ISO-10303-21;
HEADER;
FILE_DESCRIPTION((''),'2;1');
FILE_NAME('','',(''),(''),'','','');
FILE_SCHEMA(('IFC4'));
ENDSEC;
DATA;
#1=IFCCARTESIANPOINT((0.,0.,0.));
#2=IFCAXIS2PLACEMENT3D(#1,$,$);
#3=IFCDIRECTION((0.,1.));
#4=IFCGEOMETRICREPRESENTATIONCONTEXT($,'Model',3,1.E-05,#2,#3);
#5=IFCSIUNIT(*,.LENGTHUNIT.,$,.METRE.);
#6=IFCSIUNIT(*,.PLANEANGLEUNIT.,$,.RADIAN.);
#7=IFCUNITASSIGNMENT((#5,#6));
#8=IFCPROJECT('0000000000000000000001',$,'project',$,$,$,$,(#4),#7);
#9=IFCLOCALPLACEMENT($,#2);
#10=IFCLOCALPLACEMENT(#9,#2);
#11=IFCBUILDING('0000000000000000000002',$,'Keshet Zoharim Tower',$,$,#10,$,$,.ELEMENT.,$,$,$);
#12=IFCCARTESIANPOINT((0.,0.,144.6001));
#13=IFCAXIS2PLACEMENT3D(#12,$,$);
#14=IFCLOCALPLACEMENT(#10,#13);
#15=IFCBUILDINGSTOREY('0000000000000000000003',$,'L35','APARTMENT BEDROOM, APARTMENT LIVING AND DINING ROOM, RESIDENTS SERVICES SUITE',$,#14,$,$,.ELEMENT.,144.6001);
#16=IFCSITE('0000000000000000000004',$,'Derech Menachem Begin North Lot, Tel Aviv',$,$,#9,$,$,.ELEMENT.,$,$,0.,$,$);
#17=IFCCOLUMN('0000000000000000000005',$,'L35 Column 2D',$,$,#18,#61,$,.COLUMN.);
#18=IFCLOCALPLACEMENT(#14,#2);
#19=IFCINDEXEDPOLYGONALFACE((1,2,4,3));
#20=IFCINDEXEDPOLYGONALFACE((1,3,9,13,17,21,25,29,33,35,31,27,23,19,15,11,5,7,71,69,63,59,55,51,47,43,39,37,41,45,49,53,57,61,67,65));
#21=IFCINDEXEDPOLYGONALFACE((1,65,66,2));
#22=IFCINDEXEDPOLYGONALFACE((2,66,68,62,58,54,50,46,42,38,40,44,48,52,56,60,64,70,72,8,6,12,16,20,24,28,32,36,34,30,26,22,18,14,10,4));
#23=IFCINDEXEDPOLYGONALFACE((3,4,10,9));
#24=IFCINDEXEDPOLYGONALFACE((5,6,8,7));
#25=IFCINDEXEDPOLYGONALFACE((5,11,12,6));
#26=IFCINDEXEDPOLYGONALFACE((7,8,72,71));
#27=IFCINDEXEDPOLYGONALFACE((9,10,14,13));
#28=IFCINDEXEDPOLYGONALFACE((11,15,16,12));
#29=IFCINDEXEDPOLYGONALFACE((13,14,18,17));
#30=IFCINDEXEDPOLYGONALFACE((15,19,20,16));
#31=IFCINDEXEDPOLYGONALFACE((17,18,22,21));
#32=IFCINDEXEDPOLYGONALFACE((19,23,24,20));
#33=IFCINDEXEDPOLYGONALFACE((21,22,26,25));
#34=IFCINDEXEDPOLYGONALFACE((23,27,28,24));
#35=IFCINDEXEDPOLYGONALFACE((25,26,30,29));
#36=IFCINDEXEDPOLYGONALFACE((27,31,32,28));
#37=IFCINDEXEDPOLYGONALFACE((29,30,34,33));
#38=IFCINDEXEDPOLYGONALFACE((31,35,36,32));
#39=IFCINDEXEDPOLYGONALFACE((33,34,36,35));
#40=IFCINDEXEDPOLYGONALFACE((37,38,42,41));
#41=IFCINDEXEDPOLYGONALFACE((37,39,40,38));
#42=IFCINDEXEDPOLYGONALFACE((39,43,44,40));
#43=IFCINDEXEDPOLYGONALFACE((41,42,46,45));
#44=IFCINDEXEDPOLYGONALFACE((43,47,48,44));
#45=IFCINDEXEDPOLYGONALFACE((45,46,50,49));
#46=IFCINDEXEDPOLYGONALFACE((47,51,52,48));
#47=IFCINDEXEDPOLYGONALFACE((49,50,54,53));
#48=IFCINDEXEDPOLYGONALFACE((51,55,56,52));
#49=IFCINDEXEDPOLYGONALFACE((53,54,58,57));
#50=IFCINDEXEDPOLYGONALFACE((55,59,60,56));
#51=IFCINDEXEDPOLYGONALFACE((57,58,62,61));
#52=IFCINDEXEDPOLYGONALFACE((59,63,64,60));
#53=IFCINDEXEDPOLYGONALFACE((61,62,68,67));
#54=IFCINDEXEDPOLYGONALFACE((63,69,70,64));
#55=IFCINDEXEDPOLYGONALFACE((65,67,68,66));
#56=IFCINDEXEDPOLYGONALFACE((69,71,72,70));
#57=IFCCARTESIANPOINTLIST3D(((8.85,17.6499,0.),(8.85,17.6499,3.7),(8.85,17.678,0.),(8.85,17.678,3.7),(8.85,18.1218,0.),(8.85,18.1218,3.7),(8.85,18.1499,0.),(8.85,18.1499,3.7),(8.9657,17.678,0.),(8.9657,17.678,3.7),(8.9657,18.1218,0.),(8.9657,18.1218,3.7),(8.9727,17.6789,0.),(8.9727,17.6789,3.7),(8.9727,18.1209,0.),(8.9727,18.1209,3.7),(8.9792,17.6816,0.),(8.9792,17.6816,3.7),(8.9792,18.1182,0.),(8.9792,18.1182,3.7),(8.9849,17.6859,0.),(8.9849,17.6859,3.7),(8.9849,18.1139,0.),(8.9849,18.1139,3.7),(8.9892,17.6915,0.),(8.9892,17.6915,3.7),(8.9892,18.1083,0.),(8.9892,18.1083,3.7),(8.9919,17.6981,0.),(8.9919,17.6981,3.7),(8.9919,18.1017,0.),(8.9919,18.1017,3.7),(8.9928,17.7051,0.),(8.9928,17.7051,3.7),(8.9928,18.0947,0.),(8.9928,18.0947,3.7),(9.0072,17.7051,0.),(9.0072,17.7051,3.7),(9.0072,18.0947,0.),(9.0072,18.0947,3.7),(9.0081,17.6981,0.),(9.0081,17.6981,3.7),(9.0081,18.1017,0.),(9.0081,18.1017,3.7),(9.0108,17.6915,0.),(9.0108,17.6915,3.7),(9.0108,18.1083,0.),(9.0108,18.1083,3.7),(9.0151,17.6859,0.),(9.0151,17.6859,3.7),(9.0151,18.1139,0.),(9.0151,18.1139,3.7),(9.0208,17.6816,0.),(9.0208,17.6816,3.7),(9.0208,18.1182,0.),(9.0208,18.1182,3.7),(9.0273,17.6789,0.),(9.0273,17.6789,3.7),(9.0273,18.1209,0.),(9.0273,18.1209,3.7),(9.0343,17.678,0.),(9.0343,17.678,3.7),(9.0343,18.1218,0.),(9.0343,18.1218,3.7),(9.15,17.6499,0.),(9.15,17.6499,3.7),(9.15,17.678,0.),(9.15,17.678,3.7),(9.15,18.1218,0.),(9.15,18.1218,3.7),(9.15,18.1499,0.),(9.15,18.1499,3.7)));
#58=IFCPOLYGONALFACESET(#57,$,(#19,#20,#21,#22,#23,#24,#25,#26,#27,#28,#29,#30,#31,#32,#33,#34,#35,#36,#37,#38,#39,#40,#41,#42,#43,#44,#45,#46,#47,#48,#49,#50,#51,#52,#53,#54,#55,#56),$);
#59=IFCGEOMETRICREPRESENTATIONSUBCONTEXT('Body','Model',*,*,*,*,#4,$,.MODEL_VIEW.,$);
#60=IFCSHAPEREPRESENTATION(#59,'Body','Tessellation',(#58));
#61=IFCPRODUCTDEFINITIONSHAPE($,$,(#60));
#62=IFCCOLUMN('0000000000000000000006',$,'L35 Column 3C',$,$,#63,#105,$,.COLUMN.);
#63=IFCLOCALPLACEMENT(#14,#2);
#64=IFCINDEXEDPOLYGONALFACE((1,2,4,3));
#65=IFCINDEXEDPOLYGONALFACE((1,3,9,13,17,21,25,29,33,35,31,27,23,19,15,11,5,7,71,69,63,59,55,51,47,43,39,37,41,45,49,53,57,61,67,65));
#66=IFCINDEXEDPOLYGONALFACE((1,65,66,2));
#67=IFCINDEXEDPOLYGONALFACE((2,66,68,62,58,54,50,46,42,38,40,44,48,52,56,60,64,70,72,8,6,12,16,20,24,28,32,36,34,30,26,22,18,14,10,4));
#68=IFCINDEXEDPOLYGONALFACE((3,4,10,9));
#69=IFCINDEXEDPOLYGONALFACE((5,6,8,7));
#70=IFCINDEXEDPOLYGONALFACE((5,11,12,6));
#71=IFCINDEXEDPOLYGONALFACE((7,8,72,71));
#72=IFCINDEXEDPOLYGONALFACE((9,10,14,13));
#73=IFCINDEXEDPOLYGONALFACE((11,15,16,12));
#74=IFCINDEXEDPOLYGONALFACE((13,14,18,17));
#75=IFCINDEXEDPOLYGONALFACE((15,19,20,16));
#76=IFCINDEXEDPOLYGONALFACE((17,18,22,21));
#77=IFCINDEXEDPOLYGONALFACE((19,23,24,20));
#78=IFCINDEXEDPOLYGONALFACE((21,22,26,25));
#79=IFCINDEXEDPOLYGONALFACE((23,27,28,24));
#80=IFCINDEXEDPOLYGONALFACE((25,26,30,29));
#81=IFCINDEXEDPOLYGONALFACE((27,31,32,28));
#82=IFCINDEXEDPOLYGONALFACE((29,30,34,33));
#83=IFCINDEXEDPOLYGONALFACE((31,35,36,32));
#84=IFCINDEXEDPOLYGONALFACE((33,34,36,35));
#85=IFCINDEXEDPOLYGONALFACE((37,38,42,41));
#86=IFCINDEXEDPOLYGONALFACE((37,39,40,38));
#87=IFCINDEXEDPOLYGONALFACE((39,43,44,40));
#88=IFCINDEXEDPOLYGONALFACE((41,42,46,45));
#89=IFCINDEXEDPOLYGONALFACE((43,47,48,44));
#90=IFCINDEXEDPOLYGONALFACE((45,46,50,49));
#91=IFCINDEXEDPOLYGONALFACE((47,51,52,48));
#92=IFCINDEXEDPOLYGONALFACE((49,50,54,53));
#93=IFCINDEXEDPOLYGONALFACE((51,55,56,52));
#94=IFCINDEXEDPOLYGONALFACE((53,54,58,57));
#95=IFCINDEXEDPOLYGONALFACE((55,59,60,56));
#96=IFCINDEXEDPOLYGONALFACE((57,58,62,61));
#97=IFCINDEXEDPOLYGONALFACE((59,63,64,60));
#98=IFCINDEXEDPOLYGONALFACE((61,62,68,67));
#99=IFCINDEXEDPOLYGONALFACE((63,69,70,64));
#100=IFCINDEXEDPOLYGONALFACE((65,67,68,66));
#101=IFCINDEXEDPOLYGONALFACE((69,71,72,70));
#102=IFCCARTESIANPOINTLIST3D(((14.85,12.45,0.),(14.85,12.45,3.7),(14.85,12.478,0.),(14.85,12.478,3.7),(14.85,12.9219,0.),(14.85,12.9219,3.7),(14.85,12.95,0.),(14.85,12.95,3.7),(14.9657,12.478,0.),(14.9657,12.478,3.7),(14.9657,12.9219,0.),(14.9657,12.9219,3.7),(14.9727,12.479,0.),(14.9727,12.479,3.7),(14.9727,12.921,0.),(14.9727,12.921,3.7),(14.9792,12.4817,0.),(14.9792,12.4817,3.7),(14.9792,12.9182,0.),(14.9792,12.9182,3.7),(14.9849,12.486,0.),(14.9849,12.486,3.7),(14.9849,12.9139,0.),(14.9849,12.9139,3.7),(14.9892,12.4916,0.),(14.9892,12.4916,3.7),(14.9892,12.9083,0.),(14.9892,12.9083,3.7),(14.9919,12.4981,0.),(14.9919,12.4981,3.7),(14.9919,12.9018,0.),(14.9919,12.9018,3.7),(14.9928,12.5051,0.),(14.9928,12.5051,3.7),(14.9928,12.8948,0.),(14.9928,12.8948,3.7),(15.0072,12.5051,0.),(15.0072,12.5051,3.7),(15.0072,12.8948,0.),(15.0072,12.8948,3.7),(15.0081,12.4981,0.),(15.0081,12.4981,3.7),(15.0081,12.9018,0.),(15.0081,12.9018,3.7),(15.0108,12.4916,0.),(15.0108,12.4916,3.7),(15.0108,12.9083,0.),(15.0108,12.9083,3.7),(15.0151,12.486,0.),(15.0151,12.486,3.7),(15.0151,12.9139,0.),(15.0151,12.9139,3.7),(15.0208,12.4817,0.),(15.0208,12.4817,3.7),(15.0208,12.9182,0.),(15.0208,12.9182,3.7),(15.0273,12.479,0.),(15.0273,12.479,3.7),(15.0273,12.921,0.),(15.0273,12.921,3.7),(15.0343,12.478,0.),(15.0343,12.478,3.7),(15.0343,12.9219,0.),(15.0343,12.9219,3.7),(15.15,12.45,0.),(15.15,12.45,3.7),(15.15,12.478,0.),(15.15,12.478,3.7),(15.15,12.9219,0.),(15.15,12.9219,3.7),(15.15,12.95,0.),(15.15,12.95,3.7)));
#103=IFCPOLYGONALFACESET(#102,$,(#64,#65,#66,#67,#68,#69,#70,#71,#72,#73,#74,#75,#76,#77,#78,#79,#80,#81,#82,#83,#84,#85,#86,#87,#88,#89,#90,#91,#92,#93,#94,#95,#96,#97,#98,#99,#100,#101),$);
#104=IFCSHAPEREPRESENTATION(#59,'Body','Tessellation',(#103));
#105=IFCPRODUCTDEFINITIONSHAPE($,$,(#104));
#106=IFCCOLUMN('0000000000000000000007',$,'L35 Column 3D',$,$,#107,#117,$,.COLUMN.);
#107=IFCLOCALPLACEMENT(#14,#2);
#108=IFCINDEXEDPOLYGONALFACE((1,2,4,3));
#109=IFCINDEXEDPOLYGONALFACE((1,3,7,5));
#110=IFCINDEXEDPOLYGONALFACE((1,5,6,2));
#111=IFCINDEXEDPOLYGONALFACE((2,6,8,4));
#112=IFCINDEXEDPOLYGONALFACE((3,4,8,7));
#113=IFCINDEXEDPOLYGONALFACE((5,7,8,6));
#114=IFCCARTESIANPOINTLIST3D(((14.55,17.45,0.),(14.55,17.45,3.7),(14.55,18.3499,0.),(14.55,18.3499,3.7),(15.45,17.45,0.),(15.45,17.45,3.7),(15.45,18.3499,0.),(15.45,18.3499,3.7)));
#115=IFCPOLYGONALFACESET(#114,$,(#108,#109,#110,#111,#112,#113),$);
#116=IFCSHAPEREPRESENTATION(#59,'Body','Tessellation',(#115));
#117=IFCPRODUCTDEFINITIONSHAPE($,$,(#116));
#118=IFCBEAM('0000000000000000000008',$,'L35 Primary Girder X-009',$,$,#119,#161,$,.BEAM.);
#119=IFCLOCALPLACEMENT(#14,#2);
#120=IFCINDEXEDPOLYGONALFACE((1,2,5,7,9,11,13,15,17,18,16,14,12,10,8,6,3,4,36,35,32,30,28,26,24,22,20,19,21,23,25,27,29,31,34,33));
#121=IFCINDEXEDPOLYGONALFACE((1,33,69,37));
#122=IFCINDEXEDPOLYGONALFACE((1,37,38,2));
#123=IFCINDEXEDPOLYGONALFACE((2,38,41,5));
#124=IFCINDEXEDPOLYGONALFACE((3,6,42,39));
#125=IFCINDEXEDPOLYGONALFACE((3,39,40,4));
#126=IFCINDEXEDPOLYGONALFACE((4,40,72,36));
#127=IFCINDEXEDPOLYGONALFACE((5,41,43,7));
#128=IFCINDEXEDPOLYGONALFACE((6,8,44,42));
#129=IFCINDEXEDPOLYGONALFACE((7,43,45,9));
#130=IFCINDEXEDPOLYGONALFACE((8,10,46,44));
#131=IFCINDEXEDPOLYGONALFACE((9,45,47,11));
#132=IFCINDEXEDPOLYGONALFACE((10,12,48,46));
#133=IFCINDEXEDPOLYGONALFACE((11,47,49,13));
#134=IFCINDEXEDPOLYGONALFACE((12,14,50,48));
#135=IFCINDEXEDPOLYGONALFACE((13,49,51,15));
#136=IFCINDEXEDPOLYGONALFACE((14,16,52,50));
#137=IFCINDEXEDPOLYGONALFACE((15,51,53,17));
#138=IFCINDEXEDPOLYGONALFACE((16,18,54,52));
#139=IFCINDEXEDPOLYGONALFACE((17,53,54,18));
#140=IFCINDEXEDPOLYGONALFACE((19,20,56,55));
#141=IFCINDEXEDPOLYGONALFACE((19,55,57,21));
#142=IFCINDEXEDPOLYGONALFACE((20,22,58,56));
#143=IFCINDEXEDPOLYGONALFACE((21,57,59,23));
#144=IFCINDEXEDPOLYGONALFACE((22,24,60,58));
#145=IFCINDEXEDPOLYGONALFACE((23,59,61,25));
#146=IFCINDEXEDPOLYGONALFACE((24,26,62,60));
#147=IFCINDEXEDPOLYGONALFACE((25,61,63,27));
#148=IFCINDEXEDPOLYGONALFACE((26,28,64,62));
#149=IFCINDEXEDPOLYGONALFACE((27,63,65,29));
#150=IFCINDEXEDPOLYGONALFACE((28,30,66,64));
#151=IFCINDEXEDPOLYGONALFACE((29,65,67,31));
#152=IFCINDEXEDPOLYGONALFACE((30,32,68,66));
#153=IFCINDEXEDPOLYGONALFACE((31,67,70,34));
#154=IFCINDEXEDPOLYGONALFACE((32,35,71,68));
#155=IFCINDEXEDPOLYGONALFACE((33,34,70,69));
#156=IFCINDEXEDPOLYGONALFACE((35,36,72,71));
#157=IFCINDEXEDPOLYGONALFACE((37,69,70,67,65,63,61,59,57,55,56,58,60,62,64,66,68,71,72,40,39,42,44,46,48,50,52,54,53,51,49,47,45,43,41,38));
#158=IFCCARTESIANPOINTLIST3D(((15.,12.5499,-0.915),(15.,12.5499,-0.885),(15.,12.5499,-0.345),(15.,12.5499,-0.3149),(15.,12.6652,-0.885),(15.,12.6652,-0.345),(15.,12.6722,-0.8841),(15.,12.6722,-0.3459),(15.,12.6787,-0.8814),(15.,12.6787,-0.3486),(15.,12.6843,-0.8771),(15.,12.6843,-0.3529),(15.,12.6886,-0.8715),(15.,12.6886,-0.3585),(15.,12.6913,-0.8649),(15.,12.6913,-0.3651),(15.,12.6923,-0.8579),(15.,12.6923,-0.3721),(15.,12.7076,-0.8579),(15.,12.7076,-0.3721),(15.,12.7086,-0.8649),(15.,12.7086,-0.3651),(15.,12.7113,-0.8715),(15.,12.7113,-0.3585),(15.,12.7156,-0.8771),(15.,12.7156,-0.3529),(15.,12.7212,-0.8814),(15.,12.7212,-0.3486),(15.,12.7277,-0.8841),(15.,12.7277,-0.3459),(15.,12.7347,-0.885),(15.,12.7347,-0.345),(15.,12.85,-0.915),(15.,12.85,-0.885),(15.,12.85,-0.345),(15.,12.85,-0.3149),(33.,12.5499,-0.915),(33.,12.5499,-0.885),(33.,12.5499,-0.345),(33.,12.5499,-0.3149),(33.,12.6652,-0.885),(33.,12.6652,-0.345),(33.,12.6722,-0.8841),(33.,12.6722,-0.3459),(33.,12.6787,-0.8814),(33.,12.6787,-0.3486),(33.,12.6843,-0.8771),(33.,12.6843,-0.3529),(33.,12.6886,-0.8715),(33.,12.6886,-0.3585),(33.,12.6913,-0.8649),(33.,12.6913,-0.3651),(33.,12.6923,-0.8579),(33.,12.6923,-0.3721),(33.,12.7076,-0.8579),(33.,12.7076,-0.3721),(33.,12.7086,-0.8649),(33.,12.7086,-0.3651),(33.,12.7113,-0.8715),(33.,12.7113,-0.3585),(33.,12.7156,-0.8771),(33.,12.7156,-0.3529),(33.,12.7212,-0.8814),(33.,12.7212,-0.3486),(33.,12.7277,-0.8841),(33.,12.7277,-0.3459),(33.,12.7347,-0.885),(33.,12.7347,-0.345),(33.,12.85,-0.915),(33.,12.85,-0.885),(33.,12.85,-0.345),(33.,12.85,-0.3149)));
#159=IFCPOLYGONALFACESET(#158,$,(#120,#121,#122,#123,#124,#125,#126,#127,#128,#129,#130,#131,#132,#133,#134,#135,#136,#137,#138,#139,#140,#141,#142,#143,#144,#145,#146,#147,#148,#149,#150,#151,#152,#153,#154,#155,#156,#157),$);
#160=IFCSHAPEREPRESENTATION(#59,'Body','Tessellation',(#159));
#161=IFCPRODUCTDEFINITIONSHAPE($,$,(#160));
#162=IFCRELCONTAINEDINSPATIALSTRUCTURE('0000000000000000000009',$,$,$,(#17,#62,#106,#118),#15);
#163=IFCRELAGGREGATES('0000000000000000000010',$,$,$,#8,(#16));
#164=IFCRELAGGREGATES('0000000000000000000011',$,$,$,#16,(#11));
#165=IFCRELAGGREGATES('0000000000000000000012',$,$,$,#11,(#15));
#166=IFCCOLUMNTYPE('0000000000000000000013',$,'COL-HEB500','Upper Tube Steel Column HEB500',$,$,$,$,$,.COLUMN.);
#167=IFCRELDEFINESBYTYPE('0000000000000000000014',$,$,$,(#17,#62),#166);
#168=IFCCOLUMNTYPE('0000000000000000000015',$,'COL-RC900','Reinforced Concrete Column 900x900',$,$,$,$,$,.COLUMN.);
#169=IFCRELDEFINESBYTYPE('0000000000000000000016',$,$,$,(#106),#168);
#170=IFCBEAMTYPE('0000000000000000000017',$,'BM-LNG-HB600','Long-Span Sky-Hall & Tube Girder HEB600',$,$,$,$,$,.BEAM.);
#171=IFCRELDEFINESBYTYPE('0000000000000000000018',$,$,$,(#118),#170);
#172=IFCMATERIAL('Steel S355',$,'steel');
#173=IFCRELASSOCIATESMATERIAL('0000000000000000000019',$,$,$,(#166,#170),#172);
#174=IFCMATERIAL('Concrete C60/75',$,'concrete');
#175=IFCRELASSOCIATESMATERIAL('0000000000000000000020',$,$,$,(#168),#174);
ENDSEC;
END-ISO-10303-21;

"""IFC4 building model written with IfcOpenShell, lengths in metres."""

from ifc_helpers import new_model, si_unit, direction, frame, origin, origin_2d, place, context, subcontext, project, spatial, rectangle, i_section, extrude, material, material_profile, profile_set, type_object, element, save


model = new_model("IFC4")

# Units and contexts
model_context = context("Model", 3, precision=1e-05, world=origin(), true_north=direction((0.0, 1.0)))
body_context = subcontext(model_context, "Body", "Model", "MODEL_VIEW")
ifc_project = project(units=[si_unit("LENGTHUNIT", "METRE"), si_unit("PLANEANGLEUNIT", "RADIAN")], contexts=[model_context])

# Site, building, storey
site_placement = place(None, origin())
site = spatial("IfcSite", under=ifc_project, at=site_placement, Name="Derech Menachem Begin North Lot, Tel Aviv", CompositionType="ELEMENT", RefElevation=0.0)
building_placement = place(site_placement, origin())
building = spatial("IfcBuilding", under=site, at=building_placement, Name="Keshet Zoharim Tower", CompositionType="ELEMENT")
storey_placement = place(building_placement, frame((0.0, 0.0, 144.6001)))
storey = spatial("IfcBuildingStorey", under=building, at=storey_placement, Name="L35", Description="APARTMENT BEDROOM, APARTMENT LIVING AND DINING ROOM, RESIDENTS SERVICES SUITE", CompositionType="ELEMENT", Elevation=144.6001)

# Columns
ifc_material_1 = material(Name="Steel S355", Category="steel")
ifc_material_profile_1 = material_profile(ifc_material_1, i_section(OverallWidth=0.3, OverallDepth=0.5, WebThickness=0.0144, FlangeThickness=0.0281, FilletRadius=0.0271, at=origin_2d()), Name="HEB500")
ifc_profile_set_1 = profile_set([ifc_material_profile_1], Name="Steel S355")
column_type_1 = type_object("IfcColumnType", Name="COL-HEB500", Description="Upper Tube Steel Column HEB500", PredefinedType="COLUMN", material=ifc_profile_set_1)
for number, where, z_axis, x_axis, name in (
    (1, (9.0, 17.8999, 0.0), (0.0, 0.0, 1.0), (1.0, 0.0, 0.0), "L35 Column 2D"),
    (2, (15.0, 12.7, 0.0), (0.0, 0.0, 1.0), (1.0, 0.0, 0.0), "L35 Column 3C"),
):
    element("IfcColumn", number, at=place(storey_placement, frame(where, z_axis=z_axis, x_axis=x_axis)), inside=storey, type_object=column_type_1, Name=name, PredefinedType="COLUMN", context=body_context, shape_type="SweptSolid", body=[
        extrude(i_section(OverallWidth=0.3, OverallDepth=0.5, WebThickness=0.0144, FlangeThickness=0.0281, FilletRadius=0.0271, at=origin_2d()), origin(), (0.0, 0.0, 1.0), 3.7),
    ])
ifc_material_2 = material(Name="Concrete C60/75", Category="concrete")
ifc_material_profile_2 = material_profile(ifc_material_2, rectangle(XDim=0.8999, YDim=0.8999, at=origin_2d()), Name="RC900x900")
ifc_profile_set_2 = profile_set([ifc_material_profile_2], Name="Concrete C60/75")
column_type_2 = type_object("IfcColumnType", Name="COL-RC900", Description="Reinforced Concrete Column 900x900", PredefinedType="COLUMN", material=ifc_profile_set_2)
column_placement = place(storey_placement, frame((15.0, 17.8999, 0.0), z_axis=(0.0, 0.0, 1.0), x_axis=(1.0, 0.0, 0.0)))
element("IfcColumn", 3, at=column_placement, inside=storey, type_object=column_type_2, Name="L35 Column 3D", PredefinedType="COLUMN", context=body_context, shape_type="SweptSolid", body=[
    extrude(rectangle(XDim=0.8999, YDim=0.8999, at=origin_2d()), origin(), (0.0, 0.0, 1.0), 3.7),
])

# Beam
ifc_material_profile_3 = material_profile(ifc_material_1, i_section(OverallWidth=0.3, OverallDepth=0.6001, WebThickness=0.0154, FlangeThickness=0.03, FilletRadius=0.0271, at=origin_2d()), Name="HEB600")
ifc_profile_set_3 = profile_set([ifc_material_profile_3], Name="Steel S355")
beam_type_1 = type_object("IfcBeamType", Name="BM-LNG-HB600", Description="Long-Span Sky-Hall & Tube Girder HEB600", PredefinedType="BEAM", material=ifc_profile_set_3)
for number, where, z_axis, x_axis, name in (
    (4, (15.0, 12.7, -0.615), (1.0, 0.0, 0.0), (0.0, 1.0, 0.0), "L35 Primary Girder X-009"),
):
    element("IfcBeam", number, at=place(storey_placement, frame(where, z_axis=z_axis, x_axis=x_axis)), inside=storey, type_object=beam_type_1, Name=name, PredefinedType="BEAM", context=body_context, shape_type="SweptSolid", body=[
        extrude(i_section(OverallWidth=0.3, OverallDepth=0.6001, WebThickness=0.0154, FlangeThickness=0.03, FilletRadius=0.0271, at=origin_2d()), origin(), (0.0, 0.0, 1.0), 18.0),
    ])

save(model, "model.ifc")
